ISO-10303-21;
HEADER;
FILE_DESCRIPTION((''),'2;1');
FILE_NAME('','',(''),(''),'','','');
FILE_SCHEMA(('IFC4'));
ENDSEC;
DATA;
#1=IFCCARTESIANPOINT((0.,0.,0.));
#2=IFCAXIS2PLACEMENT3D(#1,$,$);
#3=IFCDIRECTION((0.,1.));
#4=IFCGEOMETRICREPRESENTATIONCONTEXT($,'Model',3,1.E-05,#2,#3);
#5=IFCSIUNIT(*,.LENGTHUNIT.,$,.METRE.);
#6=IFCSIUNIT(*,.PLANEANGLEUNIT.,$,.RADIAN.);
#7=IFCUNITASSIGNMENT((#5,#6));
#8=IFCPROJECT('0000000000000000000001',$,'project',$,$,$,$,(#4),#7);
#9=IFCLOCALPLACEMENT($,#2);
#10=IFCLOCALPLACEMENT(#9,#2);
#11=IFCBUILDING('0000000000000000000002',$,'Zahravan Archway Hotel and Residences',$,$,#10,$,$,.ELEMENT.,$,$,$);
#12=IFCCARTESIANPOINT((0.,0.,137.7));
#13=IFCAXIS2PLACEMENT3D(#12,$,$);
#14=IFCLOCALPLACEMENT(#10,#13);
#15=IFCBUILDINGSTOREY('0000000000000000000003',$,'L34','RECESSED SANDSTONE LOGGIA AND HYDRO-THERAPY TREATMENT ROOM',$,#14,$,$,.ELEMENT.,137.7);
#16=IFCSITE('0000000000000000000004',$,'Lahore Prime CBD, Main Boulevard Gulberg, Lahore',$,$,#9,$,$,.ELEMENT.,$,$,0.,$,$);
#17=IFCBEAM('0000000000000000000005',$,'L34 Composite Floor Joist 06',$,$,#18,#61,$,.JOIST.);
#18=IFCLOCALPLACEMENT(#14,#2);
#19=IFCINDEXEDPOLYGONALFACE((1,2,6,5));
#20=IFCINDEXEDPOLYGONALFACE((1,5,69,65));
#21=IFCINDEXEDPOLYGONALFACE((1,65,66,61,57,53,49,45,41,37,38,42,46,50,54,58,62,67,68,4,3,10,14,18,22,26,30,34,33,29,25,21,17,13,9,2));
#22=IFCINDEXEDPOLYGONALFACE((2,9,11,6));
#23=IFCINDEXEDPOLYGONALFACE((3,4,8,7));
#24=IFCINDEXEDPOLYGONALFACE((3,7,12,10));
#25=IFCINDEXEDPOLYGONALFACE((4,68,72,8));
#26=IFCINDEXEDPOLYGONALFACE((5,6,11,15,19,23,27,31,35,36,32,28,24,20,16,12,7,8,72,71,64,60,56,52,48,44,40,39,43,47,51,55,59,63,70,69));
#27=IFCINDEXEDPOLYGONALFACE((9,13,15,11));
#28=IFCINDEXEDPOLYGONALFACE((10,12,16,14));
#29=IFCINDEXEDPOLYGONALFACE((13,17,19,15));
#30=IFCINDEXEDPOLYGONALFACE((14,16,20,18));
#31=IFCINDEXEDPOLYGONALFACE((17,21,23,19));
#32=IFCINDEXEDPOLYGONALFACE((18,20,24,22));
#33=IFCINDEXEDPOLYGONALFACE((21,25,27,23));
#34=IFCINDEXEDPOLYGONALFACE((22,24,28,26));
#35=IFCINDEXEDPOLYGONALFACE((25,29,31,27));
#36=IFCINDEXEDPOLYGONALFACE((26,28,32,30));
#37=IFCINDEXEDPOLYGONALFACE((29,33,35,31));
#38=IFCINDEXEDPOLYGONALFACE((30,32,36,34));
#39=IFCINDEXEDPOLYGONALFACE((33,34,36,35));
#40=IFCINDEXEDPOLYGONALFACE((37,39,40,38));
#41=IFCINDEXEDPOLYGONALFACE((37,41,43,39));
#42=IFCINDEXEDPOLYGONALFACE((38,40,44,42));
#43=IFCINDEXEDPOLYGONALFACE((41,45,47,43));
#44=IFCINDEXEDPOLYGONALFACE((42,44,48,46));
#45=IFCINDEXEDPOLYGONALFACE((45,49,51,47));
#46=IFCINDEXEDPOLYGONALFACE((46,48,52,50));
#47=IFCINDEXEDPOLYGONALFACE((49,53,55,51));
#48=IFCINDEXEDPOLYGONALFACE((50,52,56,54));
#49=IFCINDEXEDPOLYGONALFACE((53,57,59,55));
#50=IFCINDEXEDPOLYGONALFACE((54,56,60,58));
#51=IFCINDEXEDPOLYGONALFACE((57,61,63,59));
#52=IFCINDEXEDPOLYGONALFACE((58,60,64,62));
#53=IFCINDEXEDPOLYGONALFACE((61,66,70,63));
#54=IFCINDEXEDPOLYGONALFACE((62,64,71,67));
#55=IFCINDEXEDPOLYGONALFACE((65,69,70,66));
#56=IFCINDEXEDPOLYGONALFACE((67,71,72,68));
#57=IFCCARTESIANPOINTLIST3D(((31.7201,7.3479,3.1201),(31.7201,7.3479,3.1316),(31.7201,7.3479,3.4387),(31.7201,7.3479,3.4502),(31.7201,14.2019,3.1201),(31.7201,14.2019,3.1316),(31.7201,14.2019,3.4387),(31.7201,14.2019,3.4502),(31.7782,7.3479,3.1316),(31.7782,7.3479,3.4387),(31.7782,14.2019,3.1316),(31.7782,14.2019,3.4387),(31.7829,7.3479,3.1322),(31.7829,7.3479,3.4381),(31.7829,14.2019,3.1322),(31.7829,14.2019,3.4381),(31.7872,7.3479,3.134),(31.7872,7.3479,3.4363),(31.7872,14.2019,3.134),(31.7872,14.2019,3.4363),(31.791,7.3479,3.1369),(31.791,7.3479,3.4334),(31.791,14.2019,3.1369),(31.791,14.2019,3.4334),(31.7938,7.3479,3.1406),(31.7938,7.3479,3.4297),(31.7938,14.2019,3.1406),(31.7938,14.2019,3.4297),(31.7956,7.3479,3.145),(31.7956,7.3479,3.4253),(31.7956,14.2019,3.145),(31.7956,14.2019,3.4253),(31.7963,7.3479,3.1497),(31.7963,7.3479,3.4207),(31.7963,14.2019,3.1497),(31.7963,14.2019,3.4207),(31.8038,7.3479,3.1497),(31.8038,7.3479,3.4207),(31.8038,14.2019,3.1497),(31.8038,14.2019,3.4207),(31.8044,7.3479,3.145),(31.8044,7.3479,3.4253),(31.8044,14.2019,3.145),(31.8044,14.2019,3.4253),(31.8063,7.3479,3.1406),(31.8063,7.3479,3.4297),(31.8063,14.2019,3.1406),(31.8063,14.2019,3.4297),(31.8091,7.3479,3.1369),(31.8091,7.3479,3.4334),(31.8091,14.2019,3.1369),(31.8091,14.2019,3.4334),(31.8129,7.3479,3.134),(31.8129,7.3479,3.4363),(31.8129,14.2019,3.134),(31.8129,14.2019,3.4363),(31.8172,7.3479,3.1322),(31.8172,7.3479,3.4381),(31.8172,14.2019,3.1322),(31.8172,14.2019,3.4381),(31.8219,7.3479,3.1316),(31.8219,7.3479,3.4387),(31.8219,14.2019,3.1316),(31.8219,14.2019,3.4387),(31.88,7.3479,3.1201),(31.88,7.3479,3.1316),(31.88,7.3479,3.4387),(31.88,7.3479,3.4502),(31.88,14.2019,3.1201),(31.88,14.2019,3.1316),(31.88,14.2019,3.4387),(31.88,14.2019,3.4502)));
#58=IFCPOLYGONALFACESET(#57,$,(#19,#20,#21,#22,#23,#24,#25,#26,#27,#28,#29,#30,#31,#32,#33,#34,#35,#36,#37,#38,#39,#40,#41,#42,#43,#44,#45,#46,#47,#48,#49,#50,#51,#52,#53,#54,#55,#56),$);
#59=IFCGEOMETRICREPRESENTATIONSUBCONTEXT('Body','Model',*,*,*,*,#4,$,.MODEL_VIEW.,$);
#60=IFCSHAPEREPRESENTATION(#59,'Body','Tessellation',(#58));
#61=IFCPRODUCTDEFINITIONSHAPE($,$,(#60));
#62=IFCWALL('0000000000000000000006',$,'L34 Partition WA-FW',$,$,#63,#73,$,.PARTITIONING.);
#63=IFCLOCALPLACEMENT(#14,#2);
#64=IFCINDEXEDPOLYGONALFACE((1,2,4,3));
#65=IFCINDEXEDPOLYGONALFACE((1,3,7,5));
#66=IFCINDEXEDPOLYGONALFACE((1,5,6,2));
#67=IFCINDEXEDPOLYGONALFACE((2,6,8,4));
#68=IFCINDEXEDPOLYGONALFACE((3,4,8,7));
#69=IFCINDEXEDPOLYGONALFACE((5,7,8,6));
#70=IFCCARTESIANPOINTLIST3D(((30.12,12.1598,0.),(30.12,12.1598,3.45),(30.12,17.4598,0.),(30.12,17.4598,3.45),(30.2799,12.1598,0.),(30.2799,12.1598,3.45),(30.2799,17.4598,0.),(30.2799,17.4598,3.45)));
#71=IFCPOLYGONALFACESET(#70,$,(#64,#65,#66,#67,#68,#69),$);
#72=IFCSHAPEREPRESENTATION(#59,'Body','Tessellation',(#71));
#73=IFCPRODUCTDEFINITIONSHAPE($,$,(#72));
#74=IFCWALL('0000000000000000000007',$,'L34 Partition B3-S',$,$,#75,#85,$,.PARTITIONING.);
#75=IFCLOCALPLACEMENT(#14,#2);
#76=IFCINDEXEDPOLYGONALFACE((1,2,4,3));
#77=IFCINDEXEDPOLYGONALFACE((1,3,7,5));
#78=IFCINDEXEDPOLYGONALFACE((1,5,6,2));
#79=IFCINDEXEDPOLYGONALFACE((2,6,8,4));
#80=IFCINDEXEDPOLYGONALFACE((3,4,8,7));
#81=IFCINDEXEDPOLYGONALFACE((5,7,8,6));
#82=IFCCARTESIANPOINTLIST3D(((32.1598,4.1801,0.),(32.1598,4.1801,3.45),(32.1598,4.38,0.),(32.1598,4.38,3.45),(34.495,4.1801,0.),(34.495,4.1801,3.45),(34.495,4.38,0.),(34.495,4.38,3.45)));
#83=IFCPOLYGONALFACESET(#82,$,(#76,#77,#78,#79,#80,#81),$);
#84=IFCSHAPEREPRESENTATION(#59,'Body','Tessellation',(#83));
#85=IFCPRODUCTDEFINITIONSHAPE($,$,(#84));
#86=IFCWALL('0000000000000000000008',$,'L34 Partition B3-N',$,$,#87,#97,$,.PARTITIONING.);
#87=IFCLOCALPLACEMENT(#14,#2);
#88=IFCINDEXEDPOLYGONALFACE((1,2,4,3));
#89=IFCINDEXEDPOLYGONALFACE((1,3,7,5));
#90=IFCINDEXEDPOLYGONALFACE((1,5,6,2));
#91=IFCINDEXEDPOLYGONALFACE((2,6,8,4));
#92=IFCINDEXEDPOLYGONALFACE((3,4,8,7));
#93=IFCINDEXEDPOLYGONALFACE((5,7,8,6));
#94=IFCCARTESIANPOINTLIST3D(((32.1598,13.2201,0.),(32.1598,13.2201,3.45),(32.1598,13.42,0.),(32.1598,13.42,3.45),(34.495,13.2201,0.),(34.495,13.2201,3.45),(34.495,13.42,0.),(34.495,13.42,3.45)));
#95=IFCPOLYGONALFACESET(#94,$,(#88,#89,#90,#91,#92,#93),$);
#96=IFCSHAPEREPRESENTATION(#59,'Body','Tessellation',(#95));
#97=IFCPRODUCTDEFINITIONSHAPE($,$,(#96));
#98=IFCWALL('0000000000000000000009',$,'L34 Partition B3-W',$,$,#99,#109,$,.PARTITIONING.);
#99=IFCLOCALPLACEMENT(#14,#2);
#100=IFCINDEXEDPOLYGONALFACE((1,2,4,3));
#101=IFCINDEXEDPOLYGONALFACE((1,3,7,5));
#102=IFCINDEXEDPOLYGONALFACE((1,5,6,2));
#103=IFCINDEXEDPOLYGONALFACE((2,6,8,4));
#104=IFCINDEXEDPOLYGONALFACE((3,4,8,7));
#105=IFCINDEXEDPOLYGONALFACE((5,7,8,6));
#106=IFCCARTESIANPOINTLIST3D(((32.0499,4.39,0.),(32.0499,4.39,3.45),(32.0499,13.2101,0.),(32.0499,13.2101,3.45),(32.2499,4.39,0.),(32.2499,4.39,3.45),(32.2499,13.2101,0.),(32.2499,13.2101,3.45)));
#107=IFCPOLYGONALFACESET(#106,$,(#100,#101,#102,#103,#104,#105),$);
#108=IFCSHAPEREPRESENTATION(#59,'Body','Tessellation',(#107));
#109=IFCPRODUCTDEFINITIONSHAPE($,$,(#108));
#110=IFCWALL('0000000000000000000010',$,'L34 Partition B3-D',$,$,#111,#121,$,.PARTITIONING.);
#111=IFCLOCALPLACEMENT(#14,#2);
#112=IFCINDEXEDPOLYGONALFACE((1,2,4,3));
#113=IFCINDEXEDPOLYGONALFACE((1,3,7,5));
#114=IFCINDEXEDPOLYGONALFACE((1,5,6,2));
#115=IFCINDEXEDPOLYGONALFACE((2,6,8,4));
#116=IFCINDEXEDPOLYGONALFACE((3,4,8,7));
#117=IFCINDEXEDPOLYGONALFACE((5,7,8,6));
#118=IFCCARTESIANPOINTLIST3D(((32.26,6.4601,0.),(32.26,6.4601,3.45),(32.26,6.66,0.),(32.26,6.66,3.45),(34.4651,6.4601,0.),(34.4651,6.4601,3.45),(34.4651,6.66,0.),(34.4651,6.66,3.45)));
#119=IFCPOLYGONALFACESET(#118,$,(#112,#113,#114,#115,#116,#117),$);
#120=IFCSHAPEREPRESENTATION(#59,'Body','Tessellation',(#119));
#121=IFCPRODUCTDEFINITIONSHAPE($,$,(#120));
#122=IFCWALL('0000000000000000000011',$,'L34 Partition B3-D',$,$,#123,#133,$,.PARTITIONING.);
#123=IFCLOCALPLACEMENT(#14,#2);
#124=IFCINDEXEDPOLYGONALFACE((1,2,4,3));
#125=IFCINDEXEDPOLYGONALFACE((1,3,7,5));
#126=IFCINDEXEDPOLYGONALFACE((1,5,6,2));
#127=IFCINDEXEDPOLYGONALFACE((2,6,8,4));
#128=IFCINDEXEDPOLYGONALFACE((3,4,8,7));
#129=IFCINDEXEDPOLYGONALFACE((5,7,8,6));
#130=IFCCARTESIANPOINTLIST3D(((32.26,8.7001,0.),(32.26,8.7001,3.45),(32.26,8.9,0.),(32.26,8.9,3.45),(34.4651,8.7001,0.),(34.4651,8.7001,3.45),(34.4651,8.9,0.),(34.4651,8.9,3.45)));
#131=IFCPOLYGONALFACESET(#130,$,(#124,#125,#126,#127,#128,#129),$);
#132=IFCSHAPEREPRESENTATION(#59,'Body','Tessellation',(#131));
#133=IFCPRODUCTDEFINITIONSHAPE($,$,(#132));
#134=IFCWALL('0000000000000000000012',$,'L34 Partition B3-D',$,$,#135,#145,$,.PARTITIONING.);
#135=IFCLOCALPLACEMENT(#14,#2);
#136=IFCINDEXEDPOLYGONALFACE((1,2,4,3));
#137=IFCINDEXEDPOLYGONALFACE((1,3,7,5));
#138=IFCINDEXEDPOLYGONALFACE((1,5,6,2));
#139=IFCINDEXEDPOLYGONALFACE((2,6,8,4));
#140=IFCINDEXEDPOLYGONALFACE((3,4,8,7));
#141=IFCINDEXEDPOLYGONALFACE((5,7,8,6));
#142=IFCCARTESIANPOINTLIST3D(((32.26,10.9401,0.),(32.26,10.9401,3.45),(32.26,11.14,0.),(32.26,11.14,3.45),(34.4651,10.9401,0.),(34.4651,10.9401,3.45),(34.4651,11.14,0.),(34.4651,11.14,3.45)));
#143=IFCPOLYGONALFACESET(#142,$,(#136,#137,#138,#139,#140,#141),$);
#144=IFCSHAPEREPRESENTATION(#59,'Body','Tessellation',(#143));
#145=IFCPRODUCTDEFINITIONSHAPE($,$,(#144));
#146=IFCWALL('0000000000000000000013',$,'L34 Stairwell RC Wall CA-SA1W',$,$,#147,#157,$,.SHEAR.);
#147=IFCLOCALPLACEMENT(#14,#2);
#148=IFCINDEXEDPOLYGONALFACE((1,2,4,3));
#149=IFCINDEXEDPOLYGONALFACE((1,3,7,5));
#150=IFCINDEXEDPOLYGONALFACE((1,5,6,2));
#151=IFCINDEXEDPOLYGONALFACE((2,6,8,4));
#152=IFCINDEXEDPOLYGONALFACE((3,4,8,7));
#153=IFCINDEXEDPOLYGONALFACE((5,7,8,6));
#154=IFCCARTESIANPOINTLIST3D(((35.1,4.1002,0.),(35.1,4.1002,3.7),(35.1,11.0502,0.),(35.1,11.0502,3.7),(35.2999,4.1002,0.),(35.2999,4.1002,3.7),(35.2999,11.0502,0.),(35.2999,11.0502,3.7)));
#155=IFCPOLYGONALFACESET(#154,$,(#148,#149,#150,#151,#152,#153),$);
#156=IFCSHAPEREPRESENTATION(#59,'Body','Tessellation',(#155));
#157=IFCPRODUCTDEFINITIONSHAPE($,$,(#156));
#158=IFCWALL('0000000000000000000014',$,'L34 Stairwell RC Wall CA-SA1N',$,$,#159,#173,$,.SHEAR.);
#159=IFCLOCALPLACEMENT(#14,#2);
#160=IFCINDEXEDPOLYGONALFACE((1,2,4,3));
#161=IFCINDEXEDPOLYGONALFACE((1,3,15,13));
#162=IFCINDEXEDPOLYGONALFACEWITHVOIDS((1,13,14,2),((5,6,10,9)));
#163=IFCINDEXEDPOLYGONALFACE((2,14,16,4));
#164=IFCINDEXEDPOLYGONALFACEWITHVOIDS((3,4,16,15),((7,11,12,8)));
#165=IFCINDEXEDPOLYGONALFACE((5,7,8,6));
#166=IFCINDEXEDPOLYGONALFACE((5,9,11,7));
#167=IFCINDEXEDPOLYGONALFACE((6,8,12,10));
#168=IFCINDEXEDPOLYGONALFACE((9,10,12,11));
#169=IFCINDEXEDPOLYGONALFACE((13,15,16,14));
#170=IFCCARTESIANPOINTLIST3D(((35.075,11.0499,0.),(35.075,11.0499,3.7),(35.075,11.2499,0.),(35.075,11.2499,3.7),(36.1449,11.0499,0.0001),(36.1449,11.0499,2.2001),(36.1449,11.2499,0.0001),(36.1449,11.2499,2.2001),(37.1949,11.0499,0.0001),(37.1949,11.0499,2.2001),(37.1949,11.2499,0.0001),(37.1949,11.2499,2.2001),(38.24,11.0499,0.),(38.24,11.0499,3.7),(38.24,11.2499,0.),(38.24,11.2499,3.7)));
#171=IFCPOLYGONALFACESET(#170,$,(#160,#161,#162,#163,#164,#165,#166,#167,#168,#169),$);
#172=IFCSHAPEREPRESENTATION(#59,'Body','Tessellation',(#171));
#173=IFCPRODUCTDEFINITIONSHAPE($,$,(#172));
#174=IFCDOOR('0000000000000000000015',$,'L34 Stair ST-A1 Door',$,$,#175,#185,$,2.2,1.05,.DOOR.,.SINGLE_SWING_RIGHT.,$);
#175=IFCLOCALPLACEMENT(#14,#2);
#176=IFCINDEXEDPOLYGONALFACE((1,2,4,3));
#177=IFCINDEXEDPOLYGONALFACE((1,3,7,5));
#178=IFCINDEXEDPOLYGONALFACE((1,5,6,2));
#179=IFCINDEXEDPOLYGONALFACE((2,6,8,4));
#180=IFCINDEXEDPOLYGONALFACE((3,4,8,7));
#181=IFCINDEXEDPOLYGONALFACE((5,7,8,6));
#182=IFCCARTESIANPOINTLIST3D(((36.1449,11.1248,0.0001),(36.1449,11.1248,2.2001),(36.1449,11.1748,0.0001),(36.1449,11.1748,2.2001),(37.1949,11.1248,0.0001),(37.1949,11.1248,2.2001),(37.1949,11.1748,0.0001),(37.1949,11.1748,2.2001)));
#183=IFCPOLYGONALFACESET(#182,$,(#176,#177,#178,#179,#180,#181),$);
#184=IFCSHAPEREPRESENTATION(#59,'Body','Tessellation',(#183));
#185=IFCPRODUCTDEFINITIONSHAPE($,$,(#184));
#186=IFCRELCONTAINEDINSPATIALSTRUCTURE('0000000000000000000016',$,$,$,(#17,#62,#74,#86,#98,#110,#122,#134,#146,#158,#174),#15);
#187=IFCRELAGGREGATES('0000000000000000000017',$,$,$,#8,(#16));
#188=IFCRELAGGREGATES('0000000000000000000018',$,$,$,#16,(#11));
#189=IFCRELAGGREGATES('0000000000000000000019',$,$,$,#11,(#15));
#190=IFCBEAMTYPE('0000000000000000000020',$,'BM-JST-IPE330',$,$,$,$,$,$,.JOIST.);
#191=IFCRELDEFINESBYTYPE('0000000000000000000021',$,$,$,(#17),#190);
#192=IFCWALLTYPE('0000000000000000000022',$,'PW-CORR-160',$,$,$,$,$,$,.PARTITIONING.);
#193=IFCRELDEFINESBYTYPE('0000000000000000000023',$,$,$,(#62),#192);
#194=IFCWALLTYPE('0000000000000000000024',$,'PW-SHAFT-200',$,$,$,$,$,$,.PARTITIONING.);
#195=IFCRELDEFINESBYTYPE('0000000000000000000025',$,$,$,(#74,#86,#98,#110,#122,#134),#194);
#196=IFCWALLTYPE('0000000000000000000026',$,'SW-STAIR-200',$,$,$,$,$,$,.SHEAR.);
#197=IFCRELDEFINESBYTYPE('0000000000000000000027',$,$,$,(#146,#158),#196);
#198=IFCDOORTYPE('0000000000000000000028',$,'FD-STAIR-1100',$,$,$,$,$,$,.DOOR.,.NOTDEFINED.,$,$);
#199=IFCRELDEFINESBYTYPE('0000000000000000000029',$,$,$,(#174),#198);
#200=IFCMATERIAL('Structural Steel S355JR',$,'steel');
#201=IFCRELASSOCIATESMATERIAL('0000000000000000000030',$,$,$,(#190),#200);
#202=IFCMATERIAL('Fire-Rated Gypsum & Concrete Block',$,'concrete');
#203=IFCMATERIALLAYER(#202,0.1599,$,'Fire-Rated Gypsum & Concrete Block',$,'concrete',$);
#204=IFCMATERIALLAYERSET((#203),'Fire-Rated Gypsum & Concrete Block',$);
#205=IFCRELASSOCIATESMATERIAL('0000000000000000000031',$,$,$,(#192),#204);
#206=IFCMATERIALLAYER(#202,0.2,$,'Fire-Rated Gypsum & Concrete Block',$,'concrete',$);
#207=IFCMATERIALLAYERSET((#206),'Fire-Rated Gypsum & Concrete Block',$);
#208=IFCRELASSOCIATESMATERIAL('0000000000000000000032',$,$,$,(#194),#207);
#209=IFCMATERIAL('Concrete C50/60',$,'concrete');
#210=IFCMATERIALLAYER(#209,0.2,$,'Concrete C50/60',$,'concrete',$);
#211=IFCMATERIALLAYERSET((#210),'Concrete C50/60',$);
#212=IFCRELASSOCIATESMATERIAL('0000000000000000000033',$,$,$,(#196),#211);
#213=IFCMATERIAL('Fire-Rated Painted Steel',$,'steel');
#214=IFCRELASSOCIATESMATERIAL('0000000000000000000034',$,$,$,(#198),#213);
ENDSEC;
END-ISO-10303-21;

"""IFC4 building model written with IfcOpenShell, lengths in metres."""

from ifc_helpers import new_model, si_unit, direction, frame, frame_2d, origin, origin_2d, place, context, subcontext, project, spatial, rectangle, i_section, extrude, source, transform, mapped, material, layer, layer_set, material_profile, profile_set, type_object, type_shapes, element, fill, save


model = new_model("IFC4")

# Units and contexts
model_context = context("Model", 3, precision=1e-05, world=origin(), true_north=direction((0.0, 1.0)))
body_context = subcontext(model_context, "Body", "Model", "MODEL_VIEW")
ifc_project = project(units=[si_unit("LENGTHUNIT", "METRE"), si_unit("PLANEANGLEUNIT", "RADIAN")], contexts=[model_context])

# Site, building, storey
site_placement = place(None, origin())
site = spatial("IfcSite", under=ifc_project, at=site_placement, Name="Lahore Prime CBD, Main Boulevard Gulberg, Lahore", CompositionType="ELEMENT", RefElevation=0.0)
building_placement = place(site_placement, origin())
building = spatial("IfcBuilding", under=site, at=building_placement, Name="Zahravan Archway Hotel and Residences", CompositionType="ELEMENT")
storey_placement = place(building_placement, frame((0.0, 0.0, 137.7)))
storey = spatial("IfcBuildingStorey", under=building, at=storey_placement, Name="L34", Description="RECESSED SANDSTONE LOGGIA AND HYDRO-THERAPY TREATMENT ROOM", CompositionType="ELEMENT", Elevation=137.7)

# Beam
ifc_material_1 = material(Name="Structural Steel S355JR", Category="steel")
ifc_material_profile_1 = material_profile(ifc_material_1, i_section(OverallWidth=0.1599, OverallDepth=0.3301, WebThickness=0.0076, FlangeThickness=0.0115, FilletRadius=0.0181, at=origin_2d()), Name="IPE 330", Category="steel")
ifc_profile_set_1 = profile_set([ifc_material_profile_1], Name="Structural Steel S355JR")
beam_type_1 = type_object("IfcBeamType", Name="BM-JST-IPE330", PredefinedType="JOIST", material=ifc_profile_set_1)
shared_shape_1 = source(origin(), body_context, "Body", "SweptSolid", [
    extrude(i_section(OverallWidth=0.1599, OverallDepth=0.3301, WebThickness=0.0076, FlangeThickness=0.0115, FilletRadius=0.0181, at=origin_2d()), origin(), (0.0, 0.0, 1.0), 6.854),
])
beam_1_placement = place(storey_placement, frame((31.8, 7.3479, 3.2852), z_axis=(0.0, 1.0, 0.0), x_axis=(-1.0, 0.0, 0.0)))
element("IfcBeam", 1, at=beam_1_placement, inside=storey, type_object=beam_type_1, Name="L34 Composite Floor Joist 06", PredefinedType="JOIST", context=body_context, shape_type="MappedRepresentation", body=[
    mapped(shared_shape_1, transform((0.0, 0.0, 0.0), scale=1.0)),
])

# Walls
ifc_material_2 = material(Name="Fire-Rated Gypsum & Concrete Block", Category="concrete")
ifc_layer_1 = layer(ifc_material_2, 0.1599, Name="Fire-Rated Gypsum & Concrete Block", Category="concrete")
ifc_layer_set_1 = layer_set([ifc_layer_1], Name="Fire-Rated Gypsum & Concrete Block")
wall_type_1 = type_object("IfcWallType", Name="PW-CORR-160", PredefinedType="PARTITIONING", material=ifc_layer_set_1)
wall_1_placement = place(storey_placement, frame((30.2, 12.1599, 0.0), z_axis=(0.0, 0.0, 1.0), x_axis=(0.0, 1.0, 0.0)))
element("IfcWall", 2, at=wall_1_placement, inside=storey, type_object=wall_type_1, Name="L34 Partition WA-FW", PredefinedType="PARTITIONING", context=body_context, shape_type="SweptSolid", body=[
    extrude(rectangle(XDim=5.3, YDim=0.1599, at=frame_2d((2.6499, 0.0))), origin(), (0.0, 0.0, 1.0), 3.45),
])
ifc_layer_2 = layer(ifc_material_2, 0.2, Name="Fire-Rated Gypsum & Concrete Block", Category="concrete")
ifc_layer_set_2 = layer_set([ifc_layer_2], Name="Fire-Rated Gypsum & Concrete Block")
wall_type_2 = type_object("IfcWallType", Name="PW-SHAFT-200", PredefinedType="PARTITIONING", material=ifc_layer_set_2)
for number, where, z_axis, x_axis, name in (
    (3, (32.1599, 4.28, 0.0), (0.0, 0.0, 1.0), (1.0, 0.0, 0.0), "L34 Partition B3-S"),
    (4, (32.1599, 13.3201, 0.0), (0.0, 0.0, 1.0), (1.0, 0.0, 0.0), "L34 Partition B3-N"),
):
    element("IfcWall", number, at=place(storey_placement, frame(where, z_axis=z_axis, x_axis=x_axis)), inside=storey, type_object=wall_type_2, Name=name, PredefinedType="PARTITIONING", context=body_context, shape_type="SweptSolid", body=[
        extrude(rectangle(XDim=2.3352, YDim=0.2, at=frame_2d((1.1675, 0.0))), origin(), (0.0, 0.0, 1.0), 3.45),
    ])
wall_2_placement = place(storey_placement, frame((32.1499, 4.3899, 0.0), z_axis=(0.0, 0.0, 1.0), x_axis=(0.0, 1.0, 0.0)))
element("IfcWall", 5, at=wall_2_placement, inside=storey, type_object=wall_type_2, Name="L34 Partition B3-W", PredefinedType="PARTITIONING", context=body_context, shape_type="SweptSolid", body=[
    extrude(rectangle(XDim=8.8201, YDim=0.2, at=frame_2d((4.4102, 0.0))), origin(), (0.0, 0.0, 1.0), 3.45),
])
for number, where, z_axis, x_axis, name in (
    (6, (32.26, 6.5601, 0.0), (0.0, 0.0, 1.0), (1.0, 0.0, 0.0), "L34 Partition B3-D"),
    (7, (32.26, 8.8, 0.0), (0.0, 0.0, 1.0), (1.0, 0.0, 0.0), "L34 Partition B3-D"),
    (8, (32.26, 11.04, 0.0), (0.0, 0.0, 1.0), (1.0, 0.0, 0.0), "L34 Partition B3-D"),
):
    element("IfcWall", number, at=place(storey_placement, frame(where, z_axis=z_axis, x_axis=x_axis)), inside=storey, type_object=wall_type_2, Name=name, PredefinedType="PARTITIONING", context=body_context, shape_type="SweptSolid", body=[
        extrude(rectangle(XDim=2.2051, YDim=0.2, at=frame_2d((1.1025, 0.0))), origin(), (0.0, 0.0, 1.0), 3.45),
    ])
ifc_material_3 = material(Name="Concrete C50/60", Category="concrete")
ifc_layer_3 = layer(ifc_material_3, 0.2, Name="Concrete C50/60", Category="concrete")
ifc_layer_set_3 = layer_set([ifc_layer_3], Name="Concrete C50/60")
wall_type_3 = type_object("IfcWallType", Name="SW-STAIR-200", PredefinedType="SHEAR", material=ifc_layer_set_3)
wall_3_placement = place(storey_placement, frame((35.2, 4.1001, 0.0), z_axis=(0.0, 0.0, 1.0), x_axis=(0.0, 1.0, 0.0)))
element("IfcWall", 9, at=wall_3_placement, inside=storey, type_object=wall_type_3, Name="L34 Stairwell RC Wall CA-SA1W", PredefinedType="SHEAR", context=body_context, shape_type="SweptSolid", body=[
    extrude(rectangle(XDim=6.95, YDim=0.2, at=frame_2d((3.4751, 0.0))), origin(), (0.0, 0.0, 1.0), 3.7),
])

# Wall, opening, door
wall_4_placement = place(storey_placement, frame((35.075, 11.1499, 0.0), z_axis=(0.0, 0.0, 1.0), x_axis=(1.0, 0.0, 0.0)))
wall_4 = element("IfcWall", 10, at=wall_4_placement, inside=storey, type_object=wall_type_3, Name="L34 Stairwell RC Wall CA-SA1N", PredefinedType="SHEAR", context=body_context, shape_type="SweptSolid", body=[
    extrude(rectangle(XDim=3.165, YDim=0.2, at=frame_2d((1.5825, 0.0))), origin(), (0.0, 0.0, 1.0), 3.7),
])
opening_placement = place(wall_4_placement, frame((1.0701, 0.0, 0.0)))
opening = element("IfcOpeningElement", 11, at=opening_placement, cuts=wall_4, PredefinedType="OPENING", context=body_context, shape_type="SweptSolid", body=[
    extrude(rectangle(XDim=1.05, YDim=2.2, at=frame_2d((0.5249, 1.1001))), frame((0.0, 0.1099, 0.0), z_axis=(0.0, -1.0, 0.0), x_axis=(1.0, 0.0, 0.0)), (0.0, 0.0, 1.0), 0.22),
])
ifc_material_4 = material(Name="Fire-Rated Painted Steel", Category="steel")
door_type = type_object("IfcDoorType", Name="FD-STAIR-1100", OperationType="NOTDEFINED", PredefinedType="DOOR", material=ifc_material_4)
shared_shape_2 = source(origin(), body_context, "Body", "SweptSolid", [
    extrude(rectangle(XDim=1.05, YDim=2.2, at=frame_2d((0.5249, 1.1001))), frame((0.0, 0.0249, 0.0), z_axis=(0.0, -1.0, 0.0), x_axis=(1.0, 0.0, 0.0)), (0.0, 0.0, 1.0), 0.05),
])
type_shapes(door_type, [shared_shape_2])
door_placement = place(opening_placement, origin())
door = element("IfcDoor", 12, at=door_placement, inside=storey, type_object=door_type, Name="L34 Stair ST-A1 Door", OperationType="SINGLE_SWING_RIGHT", OverallHeight=2.2, OverallWidth=1.05, PredefinedType="DOOR", context=body_context, shape_type="MappedRepresentation", body=[
    mapped(shared_shape_2, transform((0.0, 0.0, 0.0), scale=1.0)),
])
fill(opening, door)

save(model, "model.ifc")
